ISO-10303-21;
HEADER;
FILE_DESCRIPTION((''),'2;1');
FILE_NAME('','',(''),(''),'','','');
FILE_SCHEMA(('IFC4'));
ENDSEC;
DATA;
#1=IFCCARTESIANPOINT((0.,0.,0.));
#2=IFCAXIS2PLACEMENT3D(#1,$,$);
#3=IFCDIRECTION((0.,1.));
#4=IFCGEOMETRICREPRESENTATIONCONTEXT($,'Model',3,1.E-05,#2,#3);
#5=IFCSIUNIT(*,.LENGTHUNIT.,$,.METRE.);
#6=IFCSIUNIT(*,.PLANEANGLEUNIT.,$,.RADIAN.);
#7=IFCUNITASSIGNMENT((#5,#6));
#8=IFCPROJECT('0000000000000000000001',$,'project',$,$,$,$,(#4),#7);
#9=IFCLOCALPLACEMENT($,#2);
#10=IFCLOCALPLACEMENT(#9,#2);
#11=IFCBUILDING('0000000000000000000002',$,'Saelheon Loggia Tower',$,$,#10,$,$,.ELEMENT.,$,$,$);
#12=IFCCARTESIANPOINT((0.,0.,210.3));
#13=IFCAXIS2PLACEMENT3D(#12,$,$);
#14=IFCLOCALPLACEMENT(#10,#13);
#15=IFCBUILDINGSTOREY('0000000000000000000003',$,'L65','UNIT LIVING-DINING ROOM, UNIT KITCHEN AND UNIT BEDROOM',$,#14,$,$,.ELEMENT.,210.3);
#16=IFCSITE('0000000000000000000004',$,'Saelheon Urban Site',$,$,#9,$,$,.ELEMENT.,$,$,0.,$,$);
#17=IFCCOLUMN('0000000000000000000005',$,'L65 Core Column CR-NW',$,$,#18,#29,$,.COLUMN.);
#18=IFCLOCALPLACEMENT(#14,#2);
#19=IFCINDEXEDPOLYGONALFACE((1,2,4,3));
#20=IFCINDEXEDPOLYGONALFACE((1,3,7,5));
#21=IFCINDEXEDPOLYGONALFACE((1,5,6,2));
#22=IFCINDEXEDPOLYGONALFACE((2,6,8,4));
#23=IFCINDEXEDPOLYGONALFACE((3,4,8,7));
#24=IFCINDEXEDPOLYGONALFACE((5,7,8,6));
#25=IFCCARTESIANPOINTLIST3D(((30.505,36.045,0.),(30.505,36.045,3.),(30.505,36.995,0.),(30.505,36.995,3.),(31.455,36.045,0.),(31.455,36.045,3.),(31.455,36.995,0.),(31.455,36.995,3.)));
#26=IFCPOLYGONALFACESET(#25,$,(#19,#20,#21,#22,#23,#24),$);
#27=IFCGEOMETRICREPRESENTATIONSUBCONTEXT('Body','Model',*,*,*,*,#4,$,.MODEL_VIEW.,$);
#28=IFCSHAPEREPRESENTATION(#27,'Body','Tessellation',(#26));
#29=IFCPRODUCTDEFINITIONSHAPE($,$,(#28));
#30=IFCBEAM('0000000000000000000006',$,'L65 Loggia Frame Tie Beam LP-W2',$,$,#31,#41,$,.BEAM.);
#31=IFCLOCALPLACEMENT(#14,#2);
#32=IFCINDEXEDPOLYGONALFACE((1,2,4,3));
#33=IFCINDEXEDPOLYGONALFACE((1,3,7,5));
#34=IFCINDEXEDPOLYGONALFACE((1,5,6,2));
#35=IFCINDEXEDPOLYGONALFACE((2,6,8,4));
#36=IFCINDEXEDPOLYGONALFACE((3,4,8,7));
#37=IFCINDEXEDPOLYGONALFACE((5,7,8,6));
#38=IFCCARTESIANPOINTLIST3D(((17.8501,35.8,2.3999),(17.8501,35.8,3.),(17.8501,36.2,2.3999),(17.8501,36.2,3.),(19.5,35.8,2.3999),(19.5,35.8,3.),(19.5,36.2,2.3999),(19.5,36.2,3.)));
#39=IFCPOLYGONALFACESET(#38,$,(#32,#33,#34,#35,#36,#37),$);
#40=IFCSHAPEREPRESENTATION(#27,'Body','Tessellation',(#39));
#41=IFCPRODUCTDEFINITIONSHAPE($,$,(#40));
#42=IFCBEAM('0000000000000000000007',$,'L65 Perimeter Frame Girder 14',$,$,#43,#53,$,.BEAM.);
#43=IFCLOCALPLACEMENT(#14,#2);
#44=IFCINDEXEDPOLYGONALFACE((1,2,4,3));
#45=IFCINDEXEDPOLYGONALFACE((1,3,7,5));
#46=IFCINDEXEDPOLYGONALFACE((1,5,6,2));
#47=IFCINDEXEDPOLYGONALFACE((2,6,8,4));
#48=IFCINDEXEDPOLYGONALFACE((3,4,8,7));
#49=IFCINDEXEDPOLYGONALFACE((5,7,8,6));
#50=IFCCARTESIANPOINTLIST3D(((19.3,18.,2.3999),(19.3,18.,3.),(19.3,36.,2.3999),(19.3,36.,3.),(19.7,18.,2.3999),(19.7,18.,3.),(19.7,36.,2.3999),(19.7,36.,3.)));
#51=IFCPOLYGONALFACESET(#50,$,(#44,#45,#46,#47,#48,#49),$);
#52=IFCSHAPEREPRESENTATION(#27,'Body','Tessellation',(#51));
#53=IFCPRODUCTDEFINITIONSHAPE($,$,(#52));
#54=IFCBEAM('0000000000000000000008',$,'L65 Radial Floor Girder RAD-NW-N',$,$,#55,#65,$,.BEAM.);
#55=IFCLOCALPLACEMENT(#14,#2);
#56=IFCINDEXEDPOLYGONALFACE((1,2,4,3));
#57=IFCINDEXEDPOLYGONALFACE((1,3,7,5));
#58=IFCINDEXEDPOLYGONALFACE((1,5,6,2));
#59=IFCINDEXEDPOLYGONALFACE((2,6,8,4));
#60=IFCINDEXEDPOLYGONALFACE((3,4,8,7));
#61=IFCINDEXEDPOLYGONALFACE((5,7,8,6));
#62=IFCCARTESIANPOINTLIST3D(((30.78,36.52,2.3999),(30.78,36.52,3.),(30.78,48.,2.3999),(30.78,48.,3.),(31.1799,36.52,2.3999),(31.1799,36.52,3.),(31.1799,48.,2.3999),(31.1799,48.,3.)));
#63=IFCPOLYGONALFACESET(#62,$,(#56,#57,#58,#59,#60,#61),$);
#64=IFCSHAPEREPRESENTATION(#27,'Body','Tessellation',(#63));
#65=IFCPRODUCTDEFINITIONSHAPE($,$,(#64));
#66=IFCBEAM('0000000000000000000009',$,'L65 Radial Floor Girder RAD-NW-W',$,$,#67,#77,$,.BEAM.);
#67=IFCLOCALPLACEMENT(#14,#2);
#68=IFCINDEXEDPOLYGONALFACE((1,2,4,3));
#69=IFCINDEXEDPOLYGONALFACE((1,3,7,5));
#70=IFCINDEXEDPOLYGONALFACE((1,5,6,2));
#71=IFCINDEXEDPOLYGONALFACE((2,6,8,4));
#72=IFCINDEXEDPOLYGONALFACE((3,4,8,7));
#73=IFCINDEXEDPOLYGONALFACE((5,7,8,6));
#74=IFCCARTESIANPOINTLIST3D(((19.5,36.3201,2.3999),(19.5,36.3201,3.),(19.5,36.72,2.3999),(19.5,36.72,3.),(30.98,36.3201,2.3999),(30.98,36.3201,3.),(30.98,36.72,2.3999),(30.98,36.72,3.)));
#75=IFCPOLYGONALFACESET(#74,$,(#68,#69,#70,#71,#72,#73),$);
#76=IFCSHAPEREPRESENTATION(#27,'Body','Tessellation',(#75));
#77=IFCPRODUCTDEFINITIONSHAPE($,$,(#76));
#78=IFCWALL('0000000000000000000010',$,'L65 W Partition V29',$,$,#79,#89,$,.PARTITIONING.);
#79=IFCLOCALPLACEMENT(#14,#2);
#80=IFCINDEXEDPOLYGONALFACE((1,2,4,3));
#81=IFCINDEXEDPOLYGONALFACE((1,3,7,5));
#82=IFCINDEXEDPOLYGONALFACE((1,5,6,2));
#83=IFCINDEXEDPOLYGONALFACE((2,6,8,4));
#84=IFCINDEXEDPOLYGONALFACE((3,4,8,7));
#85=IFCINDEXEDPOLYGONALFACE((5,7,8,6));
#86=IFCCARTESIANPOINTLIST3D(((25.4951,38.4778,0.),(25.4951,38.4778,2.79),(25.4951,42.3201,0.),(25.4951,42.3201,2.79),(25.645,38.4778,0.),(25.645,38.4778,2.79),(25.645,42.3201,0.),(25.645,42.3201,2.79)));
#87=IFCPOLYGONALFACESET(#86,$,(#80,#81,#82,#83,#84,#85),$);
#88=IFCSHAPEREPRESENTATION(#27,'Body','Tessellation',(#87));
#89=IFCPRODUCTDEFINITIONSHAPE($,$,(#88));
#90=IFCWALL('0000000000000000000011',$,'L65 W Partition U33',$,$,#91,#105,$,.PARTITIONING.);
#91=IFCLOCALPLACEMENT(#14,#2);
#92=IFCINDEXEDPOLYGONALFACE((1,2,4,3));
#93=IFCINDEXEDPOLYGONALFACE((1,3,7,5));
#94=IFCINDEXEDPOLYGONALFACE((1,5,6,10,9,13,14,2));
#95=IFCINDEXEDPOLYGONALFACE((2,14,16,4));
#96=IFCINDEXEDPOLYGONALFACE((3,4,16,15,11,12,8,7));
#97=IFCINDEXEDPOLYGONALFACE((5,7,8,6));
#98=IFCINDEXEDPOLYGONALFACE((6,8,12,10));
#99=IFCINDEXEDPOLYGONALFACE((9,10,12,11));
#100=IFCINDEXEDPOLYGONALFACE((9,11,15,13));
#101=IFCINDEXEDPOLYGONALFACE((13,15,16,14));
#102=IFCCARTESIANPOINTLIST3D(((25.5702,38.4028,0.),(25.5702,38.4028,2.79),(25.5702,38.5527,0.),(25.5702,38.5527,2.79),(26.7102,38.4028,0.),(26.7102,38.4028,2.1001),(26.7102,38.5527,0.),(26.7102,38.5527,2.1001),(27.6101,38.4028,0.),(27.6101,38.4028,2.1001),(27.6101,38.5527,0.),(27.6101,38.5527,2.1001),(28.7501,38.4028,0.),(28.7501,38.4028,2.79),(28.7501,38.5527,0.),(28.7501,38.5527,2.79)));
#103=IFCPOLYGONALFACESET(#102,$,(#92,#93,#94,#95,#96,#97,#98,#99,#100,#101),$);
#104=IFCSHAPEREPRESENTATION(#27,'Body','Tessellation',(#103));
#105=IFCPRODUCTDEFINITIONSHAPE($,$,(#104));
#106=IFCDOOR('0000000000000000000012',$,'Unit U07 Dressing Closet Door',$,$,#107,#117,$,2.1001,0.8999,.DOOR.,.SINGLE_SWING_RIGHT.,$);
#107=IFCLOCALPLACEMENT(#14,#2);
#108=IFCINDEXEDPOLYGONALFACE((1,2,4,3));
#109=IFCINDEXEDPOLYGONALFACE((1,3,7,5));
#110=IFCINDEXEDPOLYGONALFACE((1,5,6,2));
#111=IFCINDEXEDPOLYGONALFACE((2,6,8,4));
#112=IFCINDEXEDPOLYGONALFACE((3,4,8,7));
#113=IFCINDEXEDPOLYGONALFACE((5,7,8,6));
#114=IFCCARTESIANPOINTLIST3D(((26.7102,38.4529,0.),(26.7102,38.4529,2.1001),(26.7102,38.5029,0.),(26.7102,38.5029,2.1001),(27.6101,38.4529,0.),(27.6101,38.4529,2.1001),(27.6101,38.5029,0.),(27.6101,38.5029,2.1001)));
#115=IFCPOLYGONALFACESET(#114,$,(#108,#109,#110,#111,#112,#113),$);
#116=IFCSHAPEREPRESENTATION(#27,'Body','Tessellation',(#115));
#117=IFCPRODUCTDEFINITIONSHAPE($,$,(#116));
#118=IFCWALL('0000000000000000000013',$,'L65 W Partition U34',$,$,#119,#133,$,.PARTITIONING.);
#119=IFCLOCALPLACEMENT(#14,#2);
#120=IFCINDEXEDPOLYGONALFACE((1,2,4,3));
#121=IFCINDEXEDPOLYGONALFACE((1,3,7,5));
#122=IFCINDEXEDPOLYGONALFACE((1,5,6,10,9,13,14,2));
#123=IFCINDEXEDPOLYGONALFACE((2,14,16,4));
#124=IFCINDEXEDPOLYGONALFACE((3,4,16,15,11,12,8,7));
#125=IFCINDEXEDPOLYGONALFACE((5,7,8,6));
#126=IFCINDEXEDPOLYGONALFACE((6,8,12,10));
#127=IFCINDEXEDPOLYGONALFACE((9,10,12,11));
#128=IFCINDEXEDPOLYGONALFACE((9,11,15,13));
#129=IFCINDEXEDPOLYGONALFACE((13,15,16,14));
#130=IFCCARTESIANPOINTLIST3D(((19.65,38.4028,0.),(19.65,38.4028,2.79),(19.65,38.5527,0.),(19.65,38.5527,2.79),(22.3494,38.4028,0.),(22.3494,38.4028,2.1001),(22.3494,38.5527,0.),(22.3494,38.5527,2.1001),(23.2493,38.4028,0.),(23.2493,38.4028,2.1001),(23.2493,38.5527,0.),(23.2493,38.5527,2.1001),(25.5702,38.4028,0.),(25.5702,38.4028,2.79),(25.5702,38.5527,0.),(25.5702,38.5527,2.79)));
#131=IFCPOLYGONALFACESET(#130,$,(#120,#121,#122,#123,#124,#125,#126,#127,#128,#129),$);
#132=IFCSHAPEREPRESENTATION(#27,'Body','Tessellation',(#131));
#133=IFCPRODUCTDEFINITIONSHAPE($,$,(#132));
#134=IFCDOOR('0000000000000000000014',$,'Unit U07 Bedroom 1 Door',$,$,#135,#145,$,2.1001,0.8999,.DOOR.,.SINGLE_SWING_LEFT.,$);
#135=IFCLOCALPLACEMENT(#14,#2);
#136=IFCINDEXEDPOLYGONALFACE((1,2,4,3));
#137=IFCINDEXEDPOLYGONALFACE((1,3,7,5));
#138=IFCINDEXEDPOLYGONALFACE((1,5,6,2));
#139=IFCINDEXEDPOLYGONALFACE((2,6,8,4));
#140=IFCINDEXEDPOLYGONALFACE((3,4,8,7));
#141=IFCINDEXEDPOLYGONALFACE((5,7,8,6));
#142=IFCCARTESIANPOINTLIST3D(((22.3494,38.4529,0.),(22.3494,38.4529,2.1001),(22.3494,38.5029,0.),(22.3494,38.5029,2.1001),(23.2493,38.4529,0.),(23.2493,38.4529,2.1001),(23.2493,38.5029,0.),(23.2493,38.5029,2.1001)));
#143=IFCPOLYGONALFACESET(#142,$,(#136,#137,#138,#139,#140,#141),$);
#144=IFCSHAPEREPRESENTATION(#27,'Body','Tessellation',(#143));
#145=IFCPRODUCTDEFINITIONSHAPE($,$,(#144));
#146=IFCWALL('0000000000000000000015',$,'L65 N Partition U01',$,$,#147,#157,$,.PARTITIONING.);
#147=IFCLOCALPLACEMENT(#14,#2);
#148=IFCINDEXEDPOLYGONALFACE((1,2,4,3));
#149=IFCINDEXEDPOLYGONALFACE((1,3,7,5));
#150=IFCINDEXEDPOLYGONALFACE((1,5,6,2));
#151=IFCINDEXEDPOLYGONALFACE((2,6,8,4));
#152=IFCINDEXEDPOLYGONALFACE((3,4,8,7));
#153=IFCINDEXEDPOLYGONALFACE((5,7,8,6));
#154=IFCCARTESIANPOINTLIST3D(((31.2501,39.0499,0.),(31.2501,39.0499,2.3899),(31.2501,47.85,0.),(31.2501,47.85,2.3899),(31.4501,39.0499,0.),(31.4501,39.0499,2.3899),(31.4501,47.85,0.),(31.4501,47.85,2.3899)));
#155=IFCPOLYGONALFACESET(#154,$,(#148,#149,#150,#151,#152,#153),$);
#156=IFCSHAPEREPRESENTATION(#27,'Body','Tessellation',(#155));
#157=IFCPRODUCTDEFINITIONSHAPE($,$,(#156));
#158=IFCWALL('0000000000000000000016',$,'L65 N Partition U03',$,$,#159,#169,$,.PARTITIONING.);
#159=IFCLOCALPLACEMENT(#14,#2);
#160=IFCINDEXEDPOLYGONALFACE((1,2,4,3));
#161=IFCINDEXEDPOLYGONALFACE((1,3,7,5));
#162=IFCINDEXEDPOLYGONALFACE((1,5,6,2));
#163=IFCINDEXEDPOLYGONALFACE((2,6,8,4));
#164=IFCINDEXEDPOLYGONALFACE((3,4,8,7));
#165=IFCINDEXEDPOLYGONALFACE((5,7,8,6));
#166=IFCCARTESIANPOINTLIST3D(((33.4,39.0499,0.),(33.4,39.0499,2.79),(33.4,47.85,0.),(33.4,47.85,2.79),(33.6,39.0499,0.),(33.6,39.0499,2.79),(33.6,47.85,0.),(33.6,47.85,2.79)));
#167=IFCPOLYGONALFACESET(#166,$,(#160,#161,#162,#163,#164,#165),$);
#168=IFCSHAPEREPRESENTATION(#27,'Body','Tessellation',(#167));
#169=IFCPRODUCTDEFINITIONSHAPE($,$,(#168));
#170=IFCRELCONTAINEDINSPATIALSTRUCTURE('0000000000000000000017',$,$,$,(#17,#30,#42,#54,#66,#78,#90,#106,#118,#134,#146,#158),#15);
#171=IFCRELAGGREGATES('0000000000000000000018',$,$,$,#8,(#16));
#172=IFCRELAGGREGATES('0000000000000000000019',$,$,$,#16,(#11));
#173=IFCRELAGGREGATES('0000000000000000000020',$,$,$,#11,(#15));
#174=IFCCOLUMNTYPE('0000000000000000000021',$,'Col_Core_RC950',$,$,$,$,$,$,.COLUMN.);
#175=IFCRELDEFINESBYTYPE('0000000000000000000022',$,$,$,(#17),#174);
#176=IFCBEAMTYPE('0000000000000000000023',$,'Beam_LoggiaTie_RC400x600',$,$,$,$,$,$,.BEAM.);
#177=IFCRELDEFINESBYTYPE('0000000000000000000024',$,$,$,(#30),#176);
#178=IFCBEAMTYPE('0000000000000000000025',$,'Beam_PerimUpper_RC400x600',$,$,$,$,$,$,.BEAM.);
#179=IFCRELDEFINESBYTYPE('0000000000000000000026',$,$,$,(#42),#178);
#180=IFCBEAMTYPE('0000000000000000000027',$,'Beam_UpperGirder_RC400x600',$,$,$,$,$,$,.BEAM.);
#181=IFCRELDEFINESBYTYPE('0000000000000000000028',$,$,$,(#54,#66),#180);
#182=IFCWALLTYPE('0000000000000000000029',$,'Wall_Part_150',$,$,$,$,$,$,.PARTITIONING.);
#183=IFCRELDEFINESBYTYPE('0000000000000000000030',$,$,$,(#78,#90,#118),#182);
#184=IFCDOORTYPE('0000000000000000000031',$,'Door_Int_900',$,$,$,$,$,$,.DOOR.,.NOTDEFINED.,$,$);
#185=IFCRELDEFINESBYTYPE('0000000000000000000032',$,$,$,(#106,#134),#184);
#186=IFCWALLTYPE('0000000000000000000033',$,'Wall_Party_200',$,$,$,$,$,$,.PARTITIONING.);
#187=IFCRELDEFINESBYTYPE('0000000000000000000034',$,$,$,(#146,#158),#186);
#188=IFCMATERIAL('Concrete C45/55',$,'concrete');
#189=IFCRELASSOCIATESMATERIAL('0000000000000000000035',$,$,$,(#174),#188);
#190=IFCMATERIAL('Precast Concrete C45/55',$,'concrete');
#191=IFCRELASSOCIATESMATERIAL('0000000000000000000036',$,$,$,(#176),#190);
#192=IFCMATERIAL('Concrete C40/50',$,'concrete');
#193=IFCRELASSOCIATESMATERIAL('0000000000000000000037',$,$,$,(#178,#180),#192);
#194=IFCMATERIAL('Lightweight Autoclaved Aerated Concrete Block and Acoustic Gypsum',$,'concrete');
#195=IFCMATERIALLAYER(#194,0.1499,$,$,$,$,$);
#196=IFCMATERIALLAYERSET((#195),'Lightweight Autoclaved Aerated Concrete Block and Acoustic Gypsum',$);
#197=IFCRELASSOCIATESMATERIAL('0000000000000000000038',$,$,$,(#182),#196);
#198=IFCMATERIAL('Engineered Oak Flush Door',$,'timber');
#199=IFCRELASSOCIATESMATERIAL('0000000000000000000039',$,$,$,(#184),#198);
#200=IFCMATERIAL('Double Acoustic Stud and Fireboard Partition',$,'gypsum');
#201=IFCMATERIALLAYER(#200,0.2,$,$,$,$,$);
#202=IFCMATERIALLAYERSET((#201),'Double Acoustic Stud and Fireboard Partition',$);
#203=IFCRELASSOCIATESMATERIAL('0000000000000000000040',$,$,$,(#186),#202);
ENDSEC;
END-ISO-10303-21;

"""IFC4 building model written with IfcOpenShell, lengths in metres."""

from ifc_helpers import new_model, si_unit, direction, frame, frame_2d, origin, origin_2d, place, context, subcontext, project, spatial, rectangle, extrude, source, transform, mapped, material, layer, layer_set, material_profile, profile_set, type_object, element, fill, save


model = new_model("IFC4")

# Units and contexts
model_context = context("Model", 3, precision=1e-05, world=origin(), true_north=direction((0.0, 1.0)))
body_context = subcontext(model_context, "Body", "Model", "MODEL_VIEW")
ifc_project = project(units=[si_unit("LENGTHUNIT", "METRE"), si_unit("PLANEANGLEUNIT", "RADIAN")], contexts=[model_context])

# Site, building, storey
site_placement = place(None, origin())
site = spatial("IfcSite", under=ifc_project, at=site_placement, Name="Saelheon Urban Site", CompositionType="ELEMENT", RefElevation=0.0)
building_placement = place(site_placement, origin())
building = spatial("IfcBuilding", under=site, at=building_placement, Name="Saelheon Loggia Tower", CompositionType="ELEMENT")
storey_placement = place(building_placement, frame((0.0, 0.0, 210.3)))
storey = spatial("IfcBuildingStorey", under=building, at=storey_placement, Name="L65", Description="UNIT LIVING-DINING ROOM, UNIT KITCHEN AND UNIT BEDROOM", CompositionType="ELEMENT", Elevation=210.3)

# Column
ifc_material_1 = material(Name="Concrete C45/55", Category="concrete")
ifc_material_profile_1 = material_profile(ifc_material_1, rectangle(XDim=0.95, YDim=0.95, at=origin_2d()), Name="RC-950x950")
ifc_profile_set_1 = profile_set([ifc_material_profile_1], Name="Concrete C45/55")
column_type = type_object("IfcColumnType", Name="Col_Core_RC950", PredefinedType="COLUMN", material=ifc_profile_set_1)
shared_shape_1 = source(origin(), body_context, "Body", "SweptSolid", [
    extrude(rectangle(XDim=0.95, YDim=0.95, at=origin_2d()), origin(), (0.0, 0.0, 1.0), 3.0),
])
column_placement = place(storey_placement, frame((30.98, 36.52, 0.0), z_axis=(0.0, 0.0, 1.0), x_axis=(1.0, 0.0, 0.0)))
element("IfcColumn", 1, at=column_placement, inside=storey, type_object=column_type, Name="L65 Core Column CR-NW", PredefinedType="COLUMN", context=body_context, shape_type="MappedRepresentation", body=[
    mapped(shared_shape_1, transform((0.0, 0.0, 0.0), scale=1.0)),
])

# Beams
ifc_material_2 = material(Name="Precast Concrete C45/55", Category="concrete")
ifc_material_profile_2 = material_profile(ifc_material_2, rectangle(XDim=0.3999, YDim=0.6001, at=origin_2d()), Name="RC-400x600")
ifc_profile_set_2 = profile_set([ifc_material_profile_2], Name="Precast Concrete C45/55")
beam_type_1 = type_object("IfcBeamType", Name="Beam_LoggiaTie_RC400x600", PredefinedType="BEAM", material=ifc_profile_set_2)
shared_shape_2 = source(origin(), body_context, "Body", "SweptSolid", [
    extrude(rectangle(XDim=0.3999, YDim=0.6001, at=origin_2d()), origin(), (0.0, 0.0, 1.0), 1.6499),
])
beam_1_placement = place(storey_placement, frame((19.5, 36.0, 2.7), z_axis=(-1.0, 0.0, 0.0), x_axis=(0.0, -1.0, 0.0)))
element("IfcBeam", 2, at=beam_1_placement, inside=storey, type_object=beam_type_1, Name="L65 Loggia Frame Tie Beam LP-W2", PredefinedType="BEAM", context=body_context, shape_type="MappedRepresentation", body=[
    mapped(shared_shape_2, transform((0.0, 0.0, 0.0), scale=1.0)),
])
ifc_material_3 = material(Name="Concrete C40/50", Category="concrete")
ifc_material_profile_3 = material_profile(ifc_material_3, rectangle(XDim=0.3999, YDim=0.6001, at=origin_2d()), Name="RC-400x600")
ifc_profile_set_3 = profile_set([ifc_material_profile_3], Name="Concrete C40/50")
beam_type_2 = type_object("IfcBeamType", Name="Beam_PerimUpper_RC400x600", PredefinedType="BEAM", material=ifc_profile_set_3)
shared_shape_3 = source(origin(), body_context, "Body", "SweptSolid", [
    extrude(rectangle(XDim=0.3999, YDim=0.6001, at=origin_2d()), origin(), (0.0, 0.0, 1.0), 18.0),
])
beam_2_placement = place(storey_placement, frame((19.5, 36.0, 2.7), z_axis=(0.0, -1.0, 0.0), x_axis=(1.0, 0.0, 0.0)))
element("IfcBeam", 3, at=beam_2_placement, inside=storey, type_object=beam_type_2, Name="L65 Perimeter Frame Girder 14", PredefinedType="BEAM", context=body_context, shape_type="MappedRepresentation", body=[
    mapped(shared_shape_3, transform((0.0, 0.0, 0.0), scale=1.0)),
])
ifc_material_profile_4 = material_profile(ifc_material_3, rectangle(XDim=0.3999, YDim=0.6001, at=origin_2d()), Name="RC-400x600")
ifc_profile_set_4 = profile_set([ifc_material_profile_4], Name="Concrete C40/50")
beam_type_3 = type_object("IfcBeamType", Name="Beam_UpperGirder_RC400x600", PredefinedType="BEAM", material=ifc_profile_set_4)
shared_shape_4 = source(origin(), body_context, "Body", "SweptSolid", [
    extrude(rectangle(XDim=0.3999, YDim=0.6001, at=origin_2d()), origin(), (0.0, 0.0, 1.0), 11.48),
])
for number, where, z_axis, x_axis, name in (
    (4, (30.98, 36.52, 2.7), (0.0, 1.0, 0.0), (-1.0, 0.0, 0.0), "L65 Radial Floor Girder RAD-NW-N"),
    (5, (30.98, 36.52, 2.7), (-1.0, 0.0, 0.0), (0.0, -1.0, 0.0), "L65 Radial Floor Girder RAD-NW-W"),
):
    element("IfcBeam", number, at=place(storey_placement, frame(where, z_axis=z_axis, x_axis=x_axis)), inside=storey, type_object=beam_type_3, Name=name, PredefinedType="BEAM", context=body_context, shape_type="MappedRepresentation", body=[
        mapped(shared_shape_4, transform((0.0, 0.0, 0.0), scale=1.0)),
    ])

# Wall
ifc_material_4 = material(Name="Lightweight Autoclaved Aerated Concrete Block and Acoustic Gypsum", Category="concrete")
ifc_layer_1 = layer(ifc_material_4, 0.1499)
ifc_layer_set_1 = layer_set([ifc_layer_1], Name="Lightweight Autoclaved Aerated Concrete Block and Acoustic Gypsum")
wall_type_1 = type_object("IfcWallType", Name="Wall_Part_150", PredefinedType="PARTITIONING", material=ifc_layer_set_1)
wall_1_placement = place(storey_placement, frame((25.5701, 38.4778, 0.0), z_axis=(0.0, 0.0, 1.0), x_axis=(0.0, 1.0, 0.0)))
element("IfcWall", 6, at=wall_1_placement, inside=storey, type_object=wall_type_1, Name="L65 W Partition V29", PredefinedType="PARTITIONING", context=body_context, shape_type="SweptSolid", body=[
    extrude(rectangle(XDim=3.8423, YDim=0.1499, at=frame_2d((1.9211, 0.0))), origin(), (0.0, 0.0, 1.0), 2.79),
])

# Walls, openings, doors
wall_2_placement = place(storey_placement, frame((28.75, 38.4778, 0.0), z_axis=(0.0, 0.0, 1.0), x_axis=(-1.0, 0.0, 0.0)))
wall_2 = element("IfcWall", 7, at=wall_2_placement, inside=storey, type_object=wall_type_1, Name="L65 W Partition U33", PredefinedType="PARTITIONING", context=body_context, shape_type="SweptSolid", body=[
    extrude(rectangle(XDim=3.1799, YDim=0.1499, at=frame_2d((1.5898, 0.0))), origin(), (0.0, 0.0, 1.0), 2.79),
])
opening_1_placement = place(wall_2_placement, frame((1.1399, 0.0, 0.0)))
opening_1 = element("IfcOpeningElement", 8, at=opening_1_placement, cuts=wall_2, PredefinedType="OPENING", context=body_context, shape_type="SweptSolid", body=[
    extrude(rectangle(XDim=0.8999, YDim=2.1001, at=frame_2d((0.45, 1.05))), frame((0.0, 0.0869, 0.0), z_axis=(0.0, -1.0, 0.0), x_axis=(1.0, 0.0, 0.0)), (0.0, 0.0, 1.0), 0.1738),
])
ifc_material_5 = material(Name="Engineered Oak Flush Door", Category="timber")
door_type_1 = type_object("IfcDoorType", Name="Door_Int_900", OperationType="NOTDEFINED", PredefinedType="DOOR", material=ifc_material_5)
shared_shape_5 = source(origin(), body_context, "Body", "SweptSolid", [
    extrude(rectangle(XDim=0.8999, YDim=2.1001, at=frame_2d((0.45, 1.05))), frame((0.0, 0.0249, 0.0), z_axis=(0.0, -1.0, 0.0), x_axis=(1.0, 0.0, 0.0)), (0.0, 0.0, 1.0), 0.05),
])
door_1_placement = place(opening_1_placement, origin())
door_1 = element("IfcDoor", 9, at=door_1_placement, inside=storey, type_object=door_type_1, Name="Unit U07 Dressing Closet Door", OperationType="SINGLE_SWING_RIGHT", OverallHeight=2.1001, OverallWidth=0.8999, PredefinedType="DOOR", context=body_context, shape_type="MappedRepresentation", body=[
    mapped(shared_shape_5, transform((0.0, 0.0, 0.0), scale=1.0)),
])
fill(opening_1, door_1)
wall_3_placement = place(storey_placement, frame((25.5701, 38.4778, 0.0), z_axis=(0.0, 0.0, 1.0), x_axis=(-1.0, 0.0, 0.0)))
wall_3 = element("IfcWall", 10, at=wall_3_placement, inside=storey, type_object=wall_type_1, Name="L65 W Partition U34", PredefinedType="PARTITIONING", context=body_context, shape_type="SweptSolid", body=[
    extrude(rectangle(XDim=5.9202, YDim=0.1499, at=frame_2d((2.96, 0.0))), origin(), (0.0, 0.0, 1.0), 2.79),
])
opening_2_placement = place(wall_3_placement, frame((2.3208, 0.0, 0.0)))
opening_2 = element("IfcOpeningElement", 11, at=opening_2_placement, cuts=wall_3, PredefinedType="OPENING", context=body_context, shape_type="SweptSolid", body=[
    extrude(rectangle(XDim=0.8999, YDim=2.1001, at=frame_2d((0.45, 1.05))), frame((0.0, 0.0869, 0.0), z_axis=(0.0, -1.0, 0.0), x_axis=(1.0, 0.0, 0.0)), (0.0, 0.0, 1.0), 0.1738),
])
door_2_placement = place(opening_2_placement, origin())
door_2 = element("IfcDoor", 12, at=door_2_placement, inside=storey, type_object=door_type_1, Name="Unit U07 Bedroom 1 Door", OperationType="SINGLE_SWING_LEFT", OverallHeight=2.1001, OverallWidth=0.8999, PredefinedType="DOOR", context=body_context, shape_type="MappedRepresentation", body=[
    mapped(shared_shape_5, transform((0.0, 0.0, 0.0), scale=1.0)),
])
fill(opening_2, door_2)

# Walls
ifc_material_6 = material(Name="Double Acoustic Stud and Fireboard Partition", Category="gypsum")
ifc_layer_2 = layer(ifc_material_6, 0.2)
ifc_layer_set_2 = layer_set([ifc_layer_2], Name="Double Acoustic Stud and Fireboard Partition")
wall_type_2 = type_object("IfcWallType", Name="Wall_Party_200", PredefinedType="PARTITIONING", material=ifc_layer_set_2)
wall_4_placement = place(storey_placement, frame((31.3501, 39.05, 0.0), z_axis=(0.0, 0.0, 1.0), x_axis=(0.0, 1.0, 0.0)))
element("IfcWall", 13, at=wall_4_placement, inside=storey, type_object=wall_type_2, Name="L65 N Partition U01", PredefinedType="PARTITIONING", context=body_context, shape_type="SweptSolid", body=[
    extrude(rectangle(XDim=8.8, YDim=0.2, at=frame_2d((4.3999, 0.0))), origin(), (0.0, 0.0, 1.0), 2.3899),
])
wall_5_placement = place(storey_placement, frame((33.5, 39.05, 0.0), z_axis=(0.0, 0.0, 1.0), x_axis=(0.0, 1.0, 0.0)))
element("IfcWall", 14, at=wall_5_placement, inside=storey, type_object=wall_type_2, Name="L65 N Partition U03", PredefinedType="PARTITIONING", context=body_context, shape_type="SweptSolid", body=[
    extrude(rectangle(XDim=8.8, YDim=0.2, at=frame_2d((4.3999, 0.0))), origin(), (0.0, 0.0, 1.0), 2.79),
])

save(model, "model.ifc")
